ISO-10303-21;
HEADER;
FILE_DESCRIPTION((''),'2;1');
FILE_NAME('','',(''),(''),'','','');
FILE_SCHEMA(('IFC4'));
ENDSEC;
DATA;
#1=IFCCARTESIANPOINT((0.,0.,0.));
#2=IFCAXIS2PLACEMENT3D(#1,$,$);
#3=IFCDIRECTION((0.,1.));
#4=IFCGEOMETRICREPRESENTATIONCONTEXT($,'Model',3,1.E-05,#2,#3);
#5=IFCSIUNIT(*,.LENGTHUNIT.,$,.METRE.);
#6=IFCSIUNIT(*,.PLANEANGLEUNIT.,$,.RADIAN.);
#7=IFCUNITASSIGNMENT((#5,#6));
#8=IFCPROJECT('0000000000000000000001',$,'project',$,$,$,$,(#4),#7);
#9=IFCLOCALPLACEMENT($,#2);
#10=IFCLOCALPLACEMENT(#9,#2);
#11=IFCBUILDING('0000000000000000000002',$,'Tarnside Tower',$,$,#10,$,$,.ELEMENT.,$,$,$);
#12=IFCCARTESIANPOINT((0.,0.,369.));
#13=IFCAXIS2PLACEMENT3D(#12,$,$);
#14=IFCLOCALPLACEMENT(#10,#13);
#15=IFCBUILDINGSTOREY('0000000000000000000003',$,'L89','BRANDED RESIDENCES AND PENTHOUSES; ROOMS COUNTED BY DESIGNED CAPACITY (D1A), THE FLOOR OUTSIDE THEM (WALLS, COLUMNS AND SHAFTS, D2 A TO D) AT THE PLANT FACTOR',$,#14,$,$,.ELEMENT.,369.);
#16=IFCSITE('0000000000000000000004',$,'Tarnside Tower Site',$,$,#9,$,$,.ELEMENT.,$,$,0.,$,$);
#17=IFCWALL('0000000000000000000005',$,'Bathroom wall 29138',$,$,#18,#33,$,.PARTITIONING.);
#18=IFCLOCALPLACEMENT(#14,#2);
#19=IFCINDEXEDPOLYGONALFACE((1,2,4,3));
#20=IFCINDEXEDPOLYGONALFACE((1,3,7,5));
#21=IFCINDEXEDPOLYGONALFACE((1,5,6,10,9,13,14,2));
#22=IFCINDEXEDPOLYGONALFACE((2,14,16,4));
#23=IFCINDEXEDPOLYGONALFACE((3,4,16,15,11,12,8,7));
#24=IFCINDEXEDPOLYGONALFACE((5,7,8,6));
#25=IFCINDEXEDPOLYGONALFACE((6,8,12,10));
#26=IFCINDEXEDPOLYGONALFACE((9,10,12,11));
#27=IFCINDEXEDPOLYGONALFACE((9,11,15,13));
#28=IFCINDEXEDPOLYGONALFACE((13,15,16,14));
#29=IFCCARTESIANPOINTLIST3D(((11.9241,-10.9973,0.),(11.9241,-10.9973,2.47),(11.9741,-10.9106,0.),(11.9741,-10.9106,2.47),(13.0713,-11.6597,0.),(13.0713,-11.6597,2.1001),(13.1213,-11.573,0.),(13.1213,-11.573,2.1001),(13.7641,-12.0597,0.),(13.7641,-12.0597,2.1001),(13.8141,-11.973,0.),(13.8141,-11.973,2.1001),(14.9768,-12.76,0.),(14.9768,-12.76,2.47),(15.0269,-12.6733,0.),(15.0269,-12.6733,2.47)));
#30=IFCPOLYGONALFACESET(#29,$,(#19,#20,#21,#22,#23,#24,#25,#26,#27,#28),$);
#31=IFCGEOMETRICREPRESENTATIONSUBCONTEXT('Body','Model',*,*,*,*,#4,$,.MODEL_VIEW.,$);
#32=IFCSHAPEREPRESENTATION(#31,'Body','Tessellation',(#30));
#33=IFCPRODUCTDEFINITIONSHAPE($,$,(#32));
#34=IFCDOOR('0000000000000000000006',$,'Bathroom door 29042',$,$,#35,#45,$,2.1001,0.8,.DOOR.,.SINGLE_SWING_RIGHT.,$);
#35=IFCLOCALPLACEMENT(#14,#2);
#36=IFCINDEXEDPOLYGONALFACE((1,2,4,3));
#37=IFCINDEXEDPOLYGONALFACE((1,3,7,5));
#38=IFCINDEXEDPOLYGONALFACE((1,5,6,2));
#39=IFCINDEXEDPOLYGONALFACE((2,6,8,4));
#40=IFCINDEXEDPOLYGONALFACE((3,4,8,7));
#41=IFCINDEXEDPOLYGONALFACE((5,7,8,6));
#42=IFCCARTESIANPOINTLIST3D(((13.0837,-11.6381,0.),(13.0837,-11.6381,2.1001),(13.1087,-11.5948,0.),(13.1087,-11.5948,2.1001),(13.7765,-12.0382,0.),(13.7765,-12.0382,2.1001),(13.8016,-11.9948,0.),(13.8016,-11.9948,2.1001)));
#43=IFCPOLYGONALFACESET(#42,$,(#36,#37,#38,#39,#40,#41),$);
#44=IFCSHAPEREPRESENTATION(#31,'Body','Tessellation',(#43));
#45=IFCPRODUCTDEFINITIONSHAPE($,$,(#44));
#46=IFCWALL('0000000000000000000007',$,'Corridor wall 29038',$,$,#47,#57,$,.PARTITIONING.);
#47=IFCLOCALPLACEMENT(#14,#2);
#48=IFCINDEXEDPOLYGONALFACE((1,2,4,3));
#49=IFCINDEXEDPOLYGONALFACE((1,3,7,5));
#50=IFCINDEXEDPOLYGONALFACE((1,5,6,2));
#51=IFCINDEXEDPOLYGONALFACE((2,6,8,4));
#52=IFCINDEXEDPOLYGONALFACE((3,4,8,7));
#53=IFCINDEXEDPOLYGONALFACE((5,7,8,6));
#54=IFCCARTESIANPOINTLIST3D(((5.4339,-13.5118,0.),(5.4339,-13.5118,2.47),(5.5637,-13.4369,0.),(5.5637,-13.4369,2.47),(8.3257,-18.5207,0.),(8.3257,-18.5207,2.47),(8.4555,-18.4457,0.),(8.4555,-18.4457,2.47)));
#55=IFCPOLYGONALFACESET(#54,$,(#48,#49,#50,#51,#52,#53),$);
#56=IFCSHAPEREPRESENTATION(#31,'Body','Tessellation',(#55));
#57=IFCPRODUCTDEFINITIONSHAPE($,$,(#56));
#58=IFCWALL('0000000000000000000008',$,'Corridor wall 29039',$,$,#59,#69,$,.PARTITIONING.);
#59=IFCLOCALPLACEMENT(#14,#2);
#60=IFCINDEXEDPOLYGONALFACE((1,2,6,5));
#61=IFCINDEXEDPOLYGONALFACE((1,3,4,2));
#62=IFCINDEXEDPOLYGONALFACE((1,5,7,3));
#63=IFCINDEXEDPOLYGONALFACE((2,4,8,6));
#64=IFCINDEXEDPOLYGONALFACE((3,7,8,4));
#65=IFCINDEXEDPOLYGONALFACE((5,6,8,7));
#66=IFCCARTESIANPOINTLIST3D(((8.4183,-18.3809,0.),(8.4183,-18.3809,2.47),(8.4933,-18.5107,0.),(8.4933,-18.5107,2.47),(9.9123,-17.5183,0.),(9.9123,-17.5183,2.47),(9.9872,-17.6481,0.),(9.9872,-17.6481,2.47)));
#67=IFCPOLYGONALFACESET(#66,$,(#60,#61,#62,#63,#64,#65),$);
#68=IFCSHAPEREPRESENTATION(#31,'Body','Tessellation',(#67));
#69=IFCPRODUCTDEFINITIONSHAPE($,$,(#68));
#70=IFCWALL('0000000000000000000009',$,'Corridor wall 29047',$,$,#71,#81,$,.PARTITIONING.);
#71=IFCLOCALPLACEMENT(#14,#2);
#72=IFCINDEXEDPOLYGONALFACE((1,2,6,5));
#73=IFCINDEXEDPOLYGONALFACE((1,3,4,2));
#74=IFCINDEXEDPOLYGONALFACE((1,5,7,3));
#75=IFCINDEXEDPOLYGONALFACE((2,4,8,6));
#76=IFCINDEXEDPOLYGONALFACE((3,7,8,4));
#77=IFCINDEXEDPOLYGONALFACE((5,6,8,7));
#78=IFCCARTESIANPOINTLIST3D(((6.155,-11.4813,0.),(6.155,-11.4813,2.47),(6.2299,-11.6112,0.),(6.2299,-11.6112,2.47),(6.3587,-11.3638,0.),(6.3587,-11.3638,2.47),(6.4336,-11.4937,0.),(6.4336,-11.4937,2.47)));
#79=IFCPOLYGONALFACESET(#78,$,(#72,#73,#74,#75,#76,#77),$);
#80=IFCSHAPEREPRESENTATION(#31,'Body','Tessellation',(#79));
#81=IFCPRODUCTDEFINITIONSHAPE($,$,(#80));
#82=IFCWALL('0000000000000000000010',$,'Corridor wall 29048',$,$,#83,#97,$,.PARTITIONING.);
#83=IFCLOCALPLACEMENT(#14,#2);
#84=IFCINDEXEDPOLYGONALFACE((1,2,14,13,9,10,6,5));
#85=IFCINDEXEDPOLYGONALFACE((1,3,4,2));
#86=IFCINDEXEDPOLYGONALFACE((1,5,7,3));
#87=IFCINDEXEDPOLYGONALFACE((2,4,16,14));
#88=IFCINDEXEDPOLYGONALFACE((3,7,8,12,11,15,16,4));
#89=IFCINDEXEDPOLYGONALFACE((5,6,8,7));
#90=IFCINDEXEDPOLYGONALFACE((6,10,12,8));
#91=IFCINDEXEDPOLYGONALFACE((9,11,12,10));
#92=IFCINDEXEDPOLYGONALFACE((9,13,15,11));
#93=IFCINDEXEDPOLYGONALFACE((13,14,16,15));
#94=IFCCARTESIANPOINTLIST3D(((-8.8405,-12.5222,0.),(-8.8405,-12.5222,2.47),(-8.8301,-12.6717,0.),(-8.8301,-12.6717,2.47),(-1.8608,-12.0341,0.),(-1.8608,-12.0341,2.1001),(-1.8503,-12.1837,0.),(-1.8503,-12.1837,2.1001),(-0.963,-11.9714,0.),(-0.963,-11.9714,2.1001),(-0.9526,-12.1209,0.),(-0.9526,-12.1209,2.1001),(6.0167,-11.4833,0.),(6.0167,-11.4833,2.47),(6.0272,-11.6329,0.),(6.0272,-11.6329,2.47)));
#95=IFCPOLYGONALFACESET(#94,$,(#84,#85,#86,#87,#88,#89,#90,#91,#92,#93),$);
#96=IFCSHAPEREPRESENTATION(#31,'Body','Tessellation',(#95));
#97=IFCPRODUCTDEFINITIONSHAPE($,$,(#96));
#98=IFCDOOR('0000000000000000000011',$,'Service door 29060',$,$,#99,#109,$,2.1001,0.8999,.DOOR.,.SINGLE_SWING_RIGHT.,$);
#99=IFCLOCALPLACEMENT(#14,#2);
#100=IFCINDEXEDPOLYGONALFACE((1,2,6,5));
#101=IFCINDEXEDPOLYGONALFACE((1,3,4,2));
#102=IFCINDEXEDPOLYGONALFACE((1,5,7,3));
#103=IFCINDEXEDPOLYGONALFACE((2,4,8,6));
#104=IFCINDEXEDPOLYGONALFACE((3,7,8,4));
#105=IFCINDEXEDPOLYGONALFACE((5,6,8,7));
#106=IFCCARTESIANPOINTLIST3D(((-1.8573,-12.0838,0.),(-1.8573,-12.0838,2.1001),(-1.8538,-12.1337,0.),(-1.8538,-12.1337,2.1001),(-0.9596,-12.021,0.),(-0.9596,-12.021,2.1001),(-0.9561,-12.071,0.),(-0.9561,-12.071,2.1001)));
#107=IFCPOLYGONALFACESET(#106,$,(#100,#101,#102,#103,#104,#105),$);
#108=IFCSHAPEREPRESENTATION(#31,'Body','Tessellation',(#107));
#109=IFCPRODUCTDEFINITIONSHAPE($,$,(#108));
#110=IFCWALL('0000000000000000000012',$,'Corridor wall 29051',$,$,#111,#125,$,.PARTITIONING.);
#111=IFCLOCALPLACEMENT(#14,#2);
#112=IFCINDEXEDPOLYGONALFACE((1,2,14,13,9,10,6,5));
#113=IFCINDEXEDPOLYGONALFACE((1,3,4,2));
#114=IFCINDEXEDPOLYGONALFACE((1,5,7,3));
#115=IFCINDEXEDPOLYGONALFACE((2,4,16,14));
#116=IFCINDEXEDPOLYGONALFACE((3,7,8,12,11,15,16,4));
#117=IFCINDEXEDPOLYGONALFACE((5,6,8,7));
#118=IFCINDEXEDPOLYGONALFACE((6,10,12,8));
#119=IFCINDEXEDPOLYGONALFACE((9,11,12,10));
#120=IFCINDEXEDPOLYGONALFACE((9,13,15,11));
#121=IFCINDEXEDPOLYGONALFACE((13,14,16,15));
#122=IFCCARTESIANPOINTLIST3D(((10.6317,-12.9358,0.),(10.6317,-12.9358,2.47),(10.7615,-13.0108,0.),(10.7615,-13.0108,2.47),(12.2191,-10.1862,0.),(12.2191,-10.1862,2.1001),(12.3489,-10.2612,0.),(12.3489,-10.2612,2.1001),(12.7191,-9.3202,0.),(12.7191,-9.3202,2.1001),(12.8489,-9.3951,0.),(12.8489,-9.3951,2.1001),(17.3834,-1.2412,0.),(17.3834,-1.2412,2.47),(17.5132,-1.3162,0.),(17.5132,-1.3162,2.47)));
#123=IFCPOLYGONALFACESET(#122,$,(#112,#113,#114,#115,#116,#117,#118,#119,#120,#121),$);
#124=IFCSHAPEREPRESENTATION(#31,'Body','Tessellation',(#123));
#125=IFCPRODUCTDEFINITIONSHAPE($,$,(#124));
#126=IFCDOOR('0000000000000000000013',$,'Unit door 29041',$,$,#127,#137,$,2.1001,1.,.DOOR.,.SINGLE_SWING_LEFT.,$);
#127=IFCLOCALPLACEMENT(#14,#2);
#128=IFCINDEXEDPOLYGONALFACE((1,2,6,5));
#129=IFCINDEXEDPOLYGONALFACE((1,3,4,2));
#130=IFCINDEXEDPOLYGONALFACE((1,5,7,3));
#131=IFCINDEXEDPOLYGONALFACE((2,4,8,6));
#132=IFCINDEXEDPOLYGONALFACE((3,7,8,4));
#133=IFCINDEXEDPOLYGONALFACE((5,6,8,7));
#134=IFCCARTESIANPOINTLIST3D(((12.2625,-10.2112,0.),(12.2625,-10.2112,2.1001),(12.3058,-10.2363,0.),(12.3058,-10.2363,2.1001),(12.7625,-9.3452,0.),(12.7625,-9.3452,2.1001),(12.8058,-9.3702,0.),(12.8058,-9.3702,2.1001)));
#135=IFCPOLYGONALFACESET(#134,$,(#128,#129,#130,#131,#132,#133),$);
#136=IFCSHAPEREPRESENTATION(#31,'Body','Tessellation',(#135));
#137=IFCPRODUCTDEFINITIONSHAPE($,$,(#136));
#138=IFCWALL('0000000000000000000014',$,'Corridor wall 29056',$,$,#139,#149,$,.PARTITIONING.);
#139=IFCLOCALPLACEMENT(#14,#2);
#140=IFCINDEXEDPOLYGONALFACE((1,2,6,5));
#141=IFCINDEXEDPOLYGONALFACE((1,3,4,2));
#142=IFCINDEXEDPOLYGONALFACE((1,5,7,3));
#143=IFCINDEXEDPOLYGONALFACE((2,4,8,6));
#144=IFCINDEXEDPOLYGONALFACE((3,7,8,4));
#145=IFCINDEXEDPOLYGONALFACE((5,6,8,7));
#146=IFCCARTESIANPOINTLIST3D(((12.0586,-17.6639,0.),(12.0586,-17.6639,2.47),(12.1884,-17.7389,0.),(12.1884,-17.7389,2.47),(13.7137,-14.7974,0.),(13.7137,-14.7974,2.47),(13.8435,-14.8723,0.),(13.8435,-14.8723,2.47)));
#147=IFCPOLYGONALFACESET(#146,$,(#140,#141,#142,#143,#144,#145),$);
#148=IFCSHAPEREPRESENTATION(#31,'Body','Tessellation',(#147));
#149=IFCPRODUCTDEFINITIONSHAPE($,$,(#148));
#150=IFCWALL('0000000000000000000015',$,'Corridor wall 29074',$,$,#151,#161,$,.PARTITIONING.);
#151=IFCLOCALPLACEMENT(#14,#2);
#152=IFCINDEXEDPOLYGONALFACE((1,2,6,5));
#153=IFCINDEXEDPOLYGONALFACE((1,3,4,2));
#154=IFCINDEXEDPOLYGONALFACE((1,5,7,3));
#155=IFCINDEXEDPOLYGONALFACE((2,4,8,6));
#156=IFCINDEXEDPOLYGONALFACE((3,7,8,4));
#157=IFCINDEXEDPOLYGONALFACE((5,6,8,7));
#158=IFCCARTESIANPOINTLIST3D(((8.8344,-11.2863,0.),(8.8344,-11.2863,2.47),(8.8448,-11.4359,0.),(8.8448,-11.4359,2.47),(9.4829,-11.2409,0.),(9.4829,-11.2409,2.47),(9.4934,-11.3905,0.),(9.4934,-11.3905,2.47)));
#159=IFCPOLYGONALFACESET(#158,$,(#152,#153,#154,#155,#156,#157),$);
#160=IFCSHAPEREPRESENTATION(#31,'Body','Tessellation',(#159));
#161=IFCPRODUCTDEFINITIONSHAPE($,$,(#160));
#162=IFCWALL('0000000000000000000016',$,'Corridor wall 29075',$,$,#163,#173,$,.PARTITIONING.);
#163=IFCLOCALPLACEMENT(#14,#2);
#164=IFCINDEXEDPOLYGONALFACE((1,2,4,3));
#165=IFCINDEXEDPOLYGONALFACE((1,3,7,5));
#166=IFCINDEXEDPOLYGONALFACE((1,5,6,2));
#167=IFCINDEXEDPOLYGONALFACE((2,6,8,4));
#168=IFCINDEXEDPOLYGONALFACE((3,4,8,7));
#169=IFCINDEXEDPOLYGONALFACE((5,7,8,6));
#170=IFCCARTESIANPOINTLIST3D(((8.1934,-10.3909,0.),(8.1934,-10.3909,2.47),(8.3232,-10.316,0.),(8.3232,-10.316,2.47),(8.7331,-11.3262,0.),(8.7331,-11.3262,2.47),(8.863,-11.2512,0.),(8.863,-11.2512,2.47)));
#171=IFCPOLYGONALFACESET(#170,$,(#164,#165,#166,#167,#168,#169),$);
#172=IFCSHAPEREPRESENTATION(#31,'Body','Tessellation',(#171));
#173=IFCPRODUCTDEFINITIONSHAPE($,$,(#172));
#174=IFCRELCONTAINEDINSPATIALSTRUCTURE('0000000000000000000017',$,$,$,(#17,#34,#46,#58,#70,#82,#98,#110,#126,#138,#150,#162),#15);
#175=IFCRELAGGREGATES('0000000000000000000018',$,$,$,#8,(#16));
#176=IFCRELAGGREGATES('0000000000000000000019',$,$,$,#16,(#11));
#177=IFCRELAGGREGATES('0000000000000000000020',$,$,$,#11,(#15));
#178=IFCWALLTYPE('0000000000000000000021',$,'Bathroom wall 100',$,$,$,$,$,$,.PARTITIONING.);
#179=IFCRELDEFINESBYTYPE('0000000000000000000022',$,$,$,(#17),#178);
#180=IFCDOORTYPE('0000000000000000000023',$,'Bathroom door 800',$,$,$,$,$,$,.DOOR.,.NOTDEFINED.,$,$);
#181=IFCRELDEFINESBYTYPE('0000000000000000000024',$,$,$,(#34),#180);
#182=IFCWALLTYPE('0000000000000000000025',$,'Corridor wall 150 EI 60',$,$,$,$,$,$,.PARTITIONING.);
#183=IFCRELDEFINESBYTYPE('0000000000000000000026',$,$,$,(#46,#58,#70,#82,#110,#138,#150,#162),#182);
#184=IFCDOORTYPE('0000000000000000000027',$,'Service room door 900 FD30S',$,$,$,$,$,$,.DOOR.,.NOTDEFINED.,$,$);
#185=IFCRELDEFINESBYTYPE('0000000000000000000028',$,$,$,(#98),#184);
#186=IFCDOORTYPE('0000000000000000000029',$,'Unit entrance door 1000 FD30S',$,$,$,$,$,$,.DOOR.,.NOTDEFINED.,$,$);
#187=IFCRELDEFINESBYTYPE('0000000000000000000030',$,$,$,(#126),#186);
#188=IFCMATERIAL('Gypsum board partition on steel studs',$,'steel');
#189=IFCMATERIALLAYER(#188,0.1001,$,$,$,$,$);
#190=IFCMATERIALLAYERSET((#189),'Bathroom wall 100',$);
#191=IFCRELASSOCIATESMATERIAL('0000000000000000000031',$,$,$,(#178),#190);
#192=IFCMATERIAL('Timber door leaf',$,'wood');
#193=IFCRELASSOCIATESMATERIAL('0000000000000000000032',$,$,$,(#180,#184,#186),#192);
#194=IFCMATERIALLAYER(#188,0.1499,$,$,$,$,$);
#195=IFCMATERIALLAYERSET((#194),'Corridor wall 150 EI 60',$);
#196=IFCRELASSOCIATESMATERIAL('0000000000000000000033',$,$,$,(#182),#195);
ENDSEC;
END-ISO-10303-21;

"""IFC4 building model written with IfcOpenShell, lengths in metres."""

from ifc_helpers import new_model, si_unit, direction, frame, frame_2d, origin, place, context, subcontext, project, spatial, rectangle, extrude, material, layer, layer_set, type_object, element, fill, save


model = new_model("IFC4")

# Units and contexts
model_context = context("Model", 3, precision=1e-05, world=origin(), true_north=direction((0.0, 1.0)))
body_context = subcontext(model_context, "Body", "Model", "MODEL_VIEW")
ifc_project = project(units=[si_unit("LENGTHUNIT", "METRE"), si_unit("PLANEANGLEUNIT", "RADIAN")], contexts=[model_context])

# Site, building, storey
site_placement = place(None, origin())
site = spatial("IfcSite", under=ifc_project, at=site_placement, Name="Tarnside Tower Site", CompositionType="ELEMENT", RefElevation=0.0)
building_placement = place(site_placement, origin())
building = spatial("IfcBuilding", under=site, at=building_placement, Name="Tarnside Tower", CompositionType="ELEMENT")
storey_placement = place(building_placement, frame((0.0, 0.0, 369.0)))
storey = spatial("IfcBuildingStorey", under=building, at=storey_placement, Name="L89", Description="BRANDED RESIDENCES AND PENTHOUSES; ROOMS COUNTED BY DESIGNED CAPACITY (D1A), THE FLOOR OUTSIDE THEM (WALLS, COLUMNS AND SHAFTS, D2 A TO D) AT THE PLANT FACTOR", CompositionType="ELEMENT", Elevation=369.0)

# Wall, opening, door
ifc_material_1 = material(Name="Gypsum board partition on steel studs", Category="steel")
ifc_layer_1 = layer(ifc_material_1, 0.1001)
ifc_layer_set_1 = layer_set([ifc_layer_1], Name="Bathroom wall 100")
wall_type_1 = type_object("IfcWallType", Name="Bathroom wall 100", PredefinedType="PARTITIONING", material=ifc_layer_set_1)
wall_1_placement = place(storey_placement, frame((11.949, -10.9539, 0.0), z_axis=(0.0, 0.0, 1.0), x_axis=(0.866001, -0.500042, 0.0)))
wall_1 = element("IfcWall", 1, at=wall_1_placement, inside=storey, type_object=wall_type_1, Name="Bathroom wall 29138", PredefinedType="PARTITIONING", context=body_context, shape_type="SweptSolid", body=[
    extrude(rectangle(XDim=3.5251, YDim=0.1001, at=frame_2d((1.7627, 0.0))), origin(), (0.0, 0.0, 1.0), 2.47),
])
opening_1_placement = place(wall_1_placement, frame((1.325, 0.0, 0.0)))
opening_1 = element("IfcOpeningElement", 2, at=opening_1_placement, cuts=wall_1, PredefinedType="OPENING", context=body_context, shape_type="SweptSolid", body=[
    extrude(rectangle(XDim=0.8, YDim=2.1001, at=frame_2d((0.3999, 1.05))), frame((0.0, 0.0601, 0.0), z_axis=(0.0, -1.0, 0.0), x_axis=(1.0, 0.0, 0.0)), (0.0, 0.0, 1.0), 0.1201),
])
ifc_material_2 = material(Name="Timber door leaf", Category="wood")
door_type_1 = type_object("IfcDoorType", Name="Bathroom door 800", OperationType="NOTDEFINED", PredefinedType="DOOR", material=ifc_material_2)
door_1_placement = place(opening_1_placement, origin())
door_1 = element("IfcDoor", 3, at=door_1_placement, inside=storey, type_object=door_type_1, Name="Bathroom door 29042", OperationType="SINGLE_SWING_RIGHT", OverallHeight=2.1001, OverallWidth=0.8, PredefinedType="DOOR", context=body_context, shape_type="SweptSolid", body=[
    extrude(rectangle(XDim=0.8, YDim=2.1001, at=frame_2d((0.3999, 1.05))), frame((0.0, 0.0249, 0.0), z_axis=(0.0, -1.0, 0.0), x_axis=(1.0, 0.0, 0.0)), (0.0, 0.0, 1.0), 0.05),
])
fill(opening_1, door_1)

# Walls
ifc_layer_2 = layer(ifc_material_1, 0.1499)
ifc_layer_set_2 = layer_set([ifc_layer_2], Name="Corridor wall 150 EI 60")
wall_type_2 = type_object("IfcWallType", Name="Corridor wall 150 EI 60", PredefinedType="PARTITIONING", material=ifc_layer_set_2)
wall_2_placement = place(storey_placement, frame((5.4988, -13.4744, 0.0), z_axis=(0.0, 0.0, 1.0), x_axis=(0.500003, -0.866024, 0.0)))
element("IfcWall", 4, at=wall_2_placement, inside=storey, type_object=wall_type_2, Name="Corridor wall 29038", PredefinedType="PARTITIONING", context=body_context, shape_type="SweptSolid", body=[
    extrude(rectangle(XDim=5.7837, YDim=0.1499, at=frame_2d((2.8918, 0.0))), origin(), (0.0, 0.0, 1.0), 2.47),
])
wall_3_placement = place(storey_placement, frame((8.4558, -18.4458, 0.0), z_axis=(0.0, 0.0, 1.0), x_axis=(0.866014, 0.500021, 0.0)))
element("IfcWall", 5, at=wall_3_placement, inside=storey, type_object=wall_type_2, Name="Corridor wall 29039", PredefinedType="PARTITIONING", context=body_context, shape_type="SweptSolid", body=[
    extrude(rectangle(XDim=1.7251, YDim=0.1499, at=frame_2d((0.8625, 0.0))), origin(), (0.0, 0.0, 1.0), 2.47),
])
wall_4_placement = place(storey_placement, frame((6.3962, -11.4287, 0.0), z_axis=(0.0, 0.0, 1.0), x_axis=(-0.866255, -0.499603, 0.0)))
element("IfcWall", 6, at=wall_4_placement, inside=storey, type_object=wall_type_2, Name="Corridor wall 29047", PredefinedType="PARTITIONING", context=body_context, shape_type="SweptSolid", body=[
    extrude(rectangle(XDim=0.2351, YDim=0.1499, at=frame_2d((0.1177, 0.0))), origin(), (0.0, 0.0, 1.0), 2.47),
])

# Walls, openings, doors
wall_5_placement = place(storey_placement, frame((6.022, -11.5581, 0.0), z_axis=(0.0, 0.0, 1.0), x_axis=(-0.997565, -0.06975, 0.0)))
wall_5 = element("IfcWall", 7, at=wall_5_placement, inside=storey, type_object=wall_type_2, Name="Corridor wall 29048", PredefinedType="PARTITIONING", context=body_context, shape_type="SweptSolid", body=[
    extrude(rectangle(XDim=14.8936, YDim=0.1499, at=frame_2d((7.4468, 0.0))), origin(), (0.0, 0.0, 1.0), 2.47),
])
opening_2_placement = place(wall_5_placement, frame((6.9968, 0.0, 0.0)))
opening_2 = element("IfcOpeningElement", 8, at=opening_2_placement, cuts=wall_5, PredefinedType="OPENING", context=body_context, shape_type="SweptSolid", body=[
    extrude(rectangle(XDim=0.8999, YDim=2.1001, at=frame_2d((0.45, 1.05))), frame((0.0, 0.085, 0.0), z_axis=(0.0, -1.0, 0.0), x_axis=(1.0, 0.0, 0.0)), (0.0, 0.0, 1.0), 0.1699),
])
door_type_2 = type_object("IfcDoorType", Name="Service room door 900 FD30S", OperationType="NOTDEFINED", PredefinedType="DOOR", material=ifc_material_2)
door_2_placement = place(opening_2_placement, origin())
door_2 = element("IfcDoor", 9, at=door_2_placement, inside=storey, type_object=door_type_2, Name="Service door 29060", OperationType="SINGLE_SWING_RIGHT", OverallHeight=2.1001, OverallWidth=0.8999, PredefinedType="DOOR", context=body_context, shape_type="SweptSolid", body=[
    extrude(rectangle(XDim=0.8999, YDim=2.1001, at=frame_2d((0.45, 1.05))), frame((0.0, 0.0249, 0.0), z_axis=(0.0, -1.0, 0.0), x_axis=(1.0, 0.0, 0.0)), (0.0, 0.0, 1.0), 0.05),
])
fill(opening_2, door_2)
wall_6_placement = place(storey_placement, frame((10.6965, -12.9734, 0.0), z_axis=(0.0, 0.0, 1.0), x_axis=(0.499991, 0.866031, 0.0)))
wall_6 = element("IfcWall", 10, at=wall_6_placement, inside=storey, type_object=wall_type_2, Name="Corridor wall 29051", PredefinedType="PARTITIONING", context=body_context, shape_type="SweptSolid", body=[
    extrude(rectangle(XDim=13.5037, YDim=0.1499, at=frame_2d((6.752, 0.0))), origin(), (0.0, 0.0, 1.0), 2.47),
])
opening_3_placement = place(wall_6_placement, frame((3.175, 0.0, 0.0)))
opening_3 = element("IfcOpeningElement", 11, at=opening_3_placement, cuts=wall_6, PredefinedType="OPENING", context=body_context, shape_type="SweptSolid", body=[
    extrude(rectangle(XDim=1.0, YDim=2.1001, at=frame_2d((0.5, 1.05))), frame((0.0, 0.085, 0.0), z_axis=(0.0, -1.0, 0.0), x_axis=(1.0, 0.0, 0.0)), (0.0, 0.0, 1.0), 0.1699),
])
door_type_3 = type_object("IfcDoorType", Name="Unit entrance door 1000 FD30S", OperationType="NOTDEFINED", PredefinedType="DOOR", material=ifc_material_2)
door_3_placement = place(opening_3_placement, origin())
door_3 = element("IfcDoor", 12, at=door_3_placement, inside=storey, type_object=door_type_3, Name="Unit door 29041", OperationType="SINGLE_SWING_LEFT", OverallHeight=2.1001, OverallWidth=1.0, PredefinedType="DOOR", context=body_context, shape_type="SweptSolid", body=[
    extrude(rectangle(XDim=1.0, YDim=2.1001, at=frame_2d((0.5, 1.05))), frame((0.0, 0.0249, 0.0), z_axis=(0.0, -1.0, 0.0), x_axis=(1.0, 0.0, 0.0)), (0.0, 0.0, 1.0), 0.05),
])
fill(opening_3, door_3)

# Walls
wall_7_placement = place(storey_placement, frame((12.1235, -17.7014, 0.0), z_axis=(0.0, 0.0, 1.0), x_axis=(0.500018, 0.866015, 0.0)))
element("IfcWall", 13, at=wall_7_placement, inside=storey, type_object=wall_type_2, Name="Corridor wall 29056", PredefinedType="PARTITIONING", context=body_context, shape_type="SweptSolid", body=[
    extrude(rectangle(XDim=3.3101, YDim=0.1499, at=frame_2d((1.655, 0.0))), origin(), (0.0, 0.0, 1.0), 2.47),
])
wall_8_placement = place(storey_placement, frame((9.4883, -11.3157, 0.0), z_axis=(0.0, 0.0, 1.0), x_axis=(-0.997557, -0.069859, 0.0)))
element("IfcWall", 14, at=wall_8_placement, inside=storey, type_object=wall_type_2, Name="Corridor wall 29074", PredefinedType="PARTITIONING", context=body_context, shape_type="SweptSolid", body=[
    extrude(rectangle(XDim=0.6501, YDim=0.1499, at=frame_2d((0.3252, 0.0))), origin(), (0.0, 0.0, 1.0), 2.47),
])
wall_9_placement = place(storey_placement, frame((8.7981, -11.2888, 0.0), z_axis=(0.0, 0.0, 1.0), x_axis=(-0.499859, 0.866107, 0.0)))
element("IfcWall", 15, at=wall_9_placement, inside=storey, type_object=wall_type_2, Name="Corridor wall 29075", PredefinedType="PARTITIONING", context=body_context, shape_type="SweptSolid", body=[
    extrude(rectangle(XDim=1.0798, YDim=0.1499, at=frame_2d((0.54, 0.0))), origin(), (0.0, 0.0, 1.0), 2.47),
])

save(model, "model.ifc")
